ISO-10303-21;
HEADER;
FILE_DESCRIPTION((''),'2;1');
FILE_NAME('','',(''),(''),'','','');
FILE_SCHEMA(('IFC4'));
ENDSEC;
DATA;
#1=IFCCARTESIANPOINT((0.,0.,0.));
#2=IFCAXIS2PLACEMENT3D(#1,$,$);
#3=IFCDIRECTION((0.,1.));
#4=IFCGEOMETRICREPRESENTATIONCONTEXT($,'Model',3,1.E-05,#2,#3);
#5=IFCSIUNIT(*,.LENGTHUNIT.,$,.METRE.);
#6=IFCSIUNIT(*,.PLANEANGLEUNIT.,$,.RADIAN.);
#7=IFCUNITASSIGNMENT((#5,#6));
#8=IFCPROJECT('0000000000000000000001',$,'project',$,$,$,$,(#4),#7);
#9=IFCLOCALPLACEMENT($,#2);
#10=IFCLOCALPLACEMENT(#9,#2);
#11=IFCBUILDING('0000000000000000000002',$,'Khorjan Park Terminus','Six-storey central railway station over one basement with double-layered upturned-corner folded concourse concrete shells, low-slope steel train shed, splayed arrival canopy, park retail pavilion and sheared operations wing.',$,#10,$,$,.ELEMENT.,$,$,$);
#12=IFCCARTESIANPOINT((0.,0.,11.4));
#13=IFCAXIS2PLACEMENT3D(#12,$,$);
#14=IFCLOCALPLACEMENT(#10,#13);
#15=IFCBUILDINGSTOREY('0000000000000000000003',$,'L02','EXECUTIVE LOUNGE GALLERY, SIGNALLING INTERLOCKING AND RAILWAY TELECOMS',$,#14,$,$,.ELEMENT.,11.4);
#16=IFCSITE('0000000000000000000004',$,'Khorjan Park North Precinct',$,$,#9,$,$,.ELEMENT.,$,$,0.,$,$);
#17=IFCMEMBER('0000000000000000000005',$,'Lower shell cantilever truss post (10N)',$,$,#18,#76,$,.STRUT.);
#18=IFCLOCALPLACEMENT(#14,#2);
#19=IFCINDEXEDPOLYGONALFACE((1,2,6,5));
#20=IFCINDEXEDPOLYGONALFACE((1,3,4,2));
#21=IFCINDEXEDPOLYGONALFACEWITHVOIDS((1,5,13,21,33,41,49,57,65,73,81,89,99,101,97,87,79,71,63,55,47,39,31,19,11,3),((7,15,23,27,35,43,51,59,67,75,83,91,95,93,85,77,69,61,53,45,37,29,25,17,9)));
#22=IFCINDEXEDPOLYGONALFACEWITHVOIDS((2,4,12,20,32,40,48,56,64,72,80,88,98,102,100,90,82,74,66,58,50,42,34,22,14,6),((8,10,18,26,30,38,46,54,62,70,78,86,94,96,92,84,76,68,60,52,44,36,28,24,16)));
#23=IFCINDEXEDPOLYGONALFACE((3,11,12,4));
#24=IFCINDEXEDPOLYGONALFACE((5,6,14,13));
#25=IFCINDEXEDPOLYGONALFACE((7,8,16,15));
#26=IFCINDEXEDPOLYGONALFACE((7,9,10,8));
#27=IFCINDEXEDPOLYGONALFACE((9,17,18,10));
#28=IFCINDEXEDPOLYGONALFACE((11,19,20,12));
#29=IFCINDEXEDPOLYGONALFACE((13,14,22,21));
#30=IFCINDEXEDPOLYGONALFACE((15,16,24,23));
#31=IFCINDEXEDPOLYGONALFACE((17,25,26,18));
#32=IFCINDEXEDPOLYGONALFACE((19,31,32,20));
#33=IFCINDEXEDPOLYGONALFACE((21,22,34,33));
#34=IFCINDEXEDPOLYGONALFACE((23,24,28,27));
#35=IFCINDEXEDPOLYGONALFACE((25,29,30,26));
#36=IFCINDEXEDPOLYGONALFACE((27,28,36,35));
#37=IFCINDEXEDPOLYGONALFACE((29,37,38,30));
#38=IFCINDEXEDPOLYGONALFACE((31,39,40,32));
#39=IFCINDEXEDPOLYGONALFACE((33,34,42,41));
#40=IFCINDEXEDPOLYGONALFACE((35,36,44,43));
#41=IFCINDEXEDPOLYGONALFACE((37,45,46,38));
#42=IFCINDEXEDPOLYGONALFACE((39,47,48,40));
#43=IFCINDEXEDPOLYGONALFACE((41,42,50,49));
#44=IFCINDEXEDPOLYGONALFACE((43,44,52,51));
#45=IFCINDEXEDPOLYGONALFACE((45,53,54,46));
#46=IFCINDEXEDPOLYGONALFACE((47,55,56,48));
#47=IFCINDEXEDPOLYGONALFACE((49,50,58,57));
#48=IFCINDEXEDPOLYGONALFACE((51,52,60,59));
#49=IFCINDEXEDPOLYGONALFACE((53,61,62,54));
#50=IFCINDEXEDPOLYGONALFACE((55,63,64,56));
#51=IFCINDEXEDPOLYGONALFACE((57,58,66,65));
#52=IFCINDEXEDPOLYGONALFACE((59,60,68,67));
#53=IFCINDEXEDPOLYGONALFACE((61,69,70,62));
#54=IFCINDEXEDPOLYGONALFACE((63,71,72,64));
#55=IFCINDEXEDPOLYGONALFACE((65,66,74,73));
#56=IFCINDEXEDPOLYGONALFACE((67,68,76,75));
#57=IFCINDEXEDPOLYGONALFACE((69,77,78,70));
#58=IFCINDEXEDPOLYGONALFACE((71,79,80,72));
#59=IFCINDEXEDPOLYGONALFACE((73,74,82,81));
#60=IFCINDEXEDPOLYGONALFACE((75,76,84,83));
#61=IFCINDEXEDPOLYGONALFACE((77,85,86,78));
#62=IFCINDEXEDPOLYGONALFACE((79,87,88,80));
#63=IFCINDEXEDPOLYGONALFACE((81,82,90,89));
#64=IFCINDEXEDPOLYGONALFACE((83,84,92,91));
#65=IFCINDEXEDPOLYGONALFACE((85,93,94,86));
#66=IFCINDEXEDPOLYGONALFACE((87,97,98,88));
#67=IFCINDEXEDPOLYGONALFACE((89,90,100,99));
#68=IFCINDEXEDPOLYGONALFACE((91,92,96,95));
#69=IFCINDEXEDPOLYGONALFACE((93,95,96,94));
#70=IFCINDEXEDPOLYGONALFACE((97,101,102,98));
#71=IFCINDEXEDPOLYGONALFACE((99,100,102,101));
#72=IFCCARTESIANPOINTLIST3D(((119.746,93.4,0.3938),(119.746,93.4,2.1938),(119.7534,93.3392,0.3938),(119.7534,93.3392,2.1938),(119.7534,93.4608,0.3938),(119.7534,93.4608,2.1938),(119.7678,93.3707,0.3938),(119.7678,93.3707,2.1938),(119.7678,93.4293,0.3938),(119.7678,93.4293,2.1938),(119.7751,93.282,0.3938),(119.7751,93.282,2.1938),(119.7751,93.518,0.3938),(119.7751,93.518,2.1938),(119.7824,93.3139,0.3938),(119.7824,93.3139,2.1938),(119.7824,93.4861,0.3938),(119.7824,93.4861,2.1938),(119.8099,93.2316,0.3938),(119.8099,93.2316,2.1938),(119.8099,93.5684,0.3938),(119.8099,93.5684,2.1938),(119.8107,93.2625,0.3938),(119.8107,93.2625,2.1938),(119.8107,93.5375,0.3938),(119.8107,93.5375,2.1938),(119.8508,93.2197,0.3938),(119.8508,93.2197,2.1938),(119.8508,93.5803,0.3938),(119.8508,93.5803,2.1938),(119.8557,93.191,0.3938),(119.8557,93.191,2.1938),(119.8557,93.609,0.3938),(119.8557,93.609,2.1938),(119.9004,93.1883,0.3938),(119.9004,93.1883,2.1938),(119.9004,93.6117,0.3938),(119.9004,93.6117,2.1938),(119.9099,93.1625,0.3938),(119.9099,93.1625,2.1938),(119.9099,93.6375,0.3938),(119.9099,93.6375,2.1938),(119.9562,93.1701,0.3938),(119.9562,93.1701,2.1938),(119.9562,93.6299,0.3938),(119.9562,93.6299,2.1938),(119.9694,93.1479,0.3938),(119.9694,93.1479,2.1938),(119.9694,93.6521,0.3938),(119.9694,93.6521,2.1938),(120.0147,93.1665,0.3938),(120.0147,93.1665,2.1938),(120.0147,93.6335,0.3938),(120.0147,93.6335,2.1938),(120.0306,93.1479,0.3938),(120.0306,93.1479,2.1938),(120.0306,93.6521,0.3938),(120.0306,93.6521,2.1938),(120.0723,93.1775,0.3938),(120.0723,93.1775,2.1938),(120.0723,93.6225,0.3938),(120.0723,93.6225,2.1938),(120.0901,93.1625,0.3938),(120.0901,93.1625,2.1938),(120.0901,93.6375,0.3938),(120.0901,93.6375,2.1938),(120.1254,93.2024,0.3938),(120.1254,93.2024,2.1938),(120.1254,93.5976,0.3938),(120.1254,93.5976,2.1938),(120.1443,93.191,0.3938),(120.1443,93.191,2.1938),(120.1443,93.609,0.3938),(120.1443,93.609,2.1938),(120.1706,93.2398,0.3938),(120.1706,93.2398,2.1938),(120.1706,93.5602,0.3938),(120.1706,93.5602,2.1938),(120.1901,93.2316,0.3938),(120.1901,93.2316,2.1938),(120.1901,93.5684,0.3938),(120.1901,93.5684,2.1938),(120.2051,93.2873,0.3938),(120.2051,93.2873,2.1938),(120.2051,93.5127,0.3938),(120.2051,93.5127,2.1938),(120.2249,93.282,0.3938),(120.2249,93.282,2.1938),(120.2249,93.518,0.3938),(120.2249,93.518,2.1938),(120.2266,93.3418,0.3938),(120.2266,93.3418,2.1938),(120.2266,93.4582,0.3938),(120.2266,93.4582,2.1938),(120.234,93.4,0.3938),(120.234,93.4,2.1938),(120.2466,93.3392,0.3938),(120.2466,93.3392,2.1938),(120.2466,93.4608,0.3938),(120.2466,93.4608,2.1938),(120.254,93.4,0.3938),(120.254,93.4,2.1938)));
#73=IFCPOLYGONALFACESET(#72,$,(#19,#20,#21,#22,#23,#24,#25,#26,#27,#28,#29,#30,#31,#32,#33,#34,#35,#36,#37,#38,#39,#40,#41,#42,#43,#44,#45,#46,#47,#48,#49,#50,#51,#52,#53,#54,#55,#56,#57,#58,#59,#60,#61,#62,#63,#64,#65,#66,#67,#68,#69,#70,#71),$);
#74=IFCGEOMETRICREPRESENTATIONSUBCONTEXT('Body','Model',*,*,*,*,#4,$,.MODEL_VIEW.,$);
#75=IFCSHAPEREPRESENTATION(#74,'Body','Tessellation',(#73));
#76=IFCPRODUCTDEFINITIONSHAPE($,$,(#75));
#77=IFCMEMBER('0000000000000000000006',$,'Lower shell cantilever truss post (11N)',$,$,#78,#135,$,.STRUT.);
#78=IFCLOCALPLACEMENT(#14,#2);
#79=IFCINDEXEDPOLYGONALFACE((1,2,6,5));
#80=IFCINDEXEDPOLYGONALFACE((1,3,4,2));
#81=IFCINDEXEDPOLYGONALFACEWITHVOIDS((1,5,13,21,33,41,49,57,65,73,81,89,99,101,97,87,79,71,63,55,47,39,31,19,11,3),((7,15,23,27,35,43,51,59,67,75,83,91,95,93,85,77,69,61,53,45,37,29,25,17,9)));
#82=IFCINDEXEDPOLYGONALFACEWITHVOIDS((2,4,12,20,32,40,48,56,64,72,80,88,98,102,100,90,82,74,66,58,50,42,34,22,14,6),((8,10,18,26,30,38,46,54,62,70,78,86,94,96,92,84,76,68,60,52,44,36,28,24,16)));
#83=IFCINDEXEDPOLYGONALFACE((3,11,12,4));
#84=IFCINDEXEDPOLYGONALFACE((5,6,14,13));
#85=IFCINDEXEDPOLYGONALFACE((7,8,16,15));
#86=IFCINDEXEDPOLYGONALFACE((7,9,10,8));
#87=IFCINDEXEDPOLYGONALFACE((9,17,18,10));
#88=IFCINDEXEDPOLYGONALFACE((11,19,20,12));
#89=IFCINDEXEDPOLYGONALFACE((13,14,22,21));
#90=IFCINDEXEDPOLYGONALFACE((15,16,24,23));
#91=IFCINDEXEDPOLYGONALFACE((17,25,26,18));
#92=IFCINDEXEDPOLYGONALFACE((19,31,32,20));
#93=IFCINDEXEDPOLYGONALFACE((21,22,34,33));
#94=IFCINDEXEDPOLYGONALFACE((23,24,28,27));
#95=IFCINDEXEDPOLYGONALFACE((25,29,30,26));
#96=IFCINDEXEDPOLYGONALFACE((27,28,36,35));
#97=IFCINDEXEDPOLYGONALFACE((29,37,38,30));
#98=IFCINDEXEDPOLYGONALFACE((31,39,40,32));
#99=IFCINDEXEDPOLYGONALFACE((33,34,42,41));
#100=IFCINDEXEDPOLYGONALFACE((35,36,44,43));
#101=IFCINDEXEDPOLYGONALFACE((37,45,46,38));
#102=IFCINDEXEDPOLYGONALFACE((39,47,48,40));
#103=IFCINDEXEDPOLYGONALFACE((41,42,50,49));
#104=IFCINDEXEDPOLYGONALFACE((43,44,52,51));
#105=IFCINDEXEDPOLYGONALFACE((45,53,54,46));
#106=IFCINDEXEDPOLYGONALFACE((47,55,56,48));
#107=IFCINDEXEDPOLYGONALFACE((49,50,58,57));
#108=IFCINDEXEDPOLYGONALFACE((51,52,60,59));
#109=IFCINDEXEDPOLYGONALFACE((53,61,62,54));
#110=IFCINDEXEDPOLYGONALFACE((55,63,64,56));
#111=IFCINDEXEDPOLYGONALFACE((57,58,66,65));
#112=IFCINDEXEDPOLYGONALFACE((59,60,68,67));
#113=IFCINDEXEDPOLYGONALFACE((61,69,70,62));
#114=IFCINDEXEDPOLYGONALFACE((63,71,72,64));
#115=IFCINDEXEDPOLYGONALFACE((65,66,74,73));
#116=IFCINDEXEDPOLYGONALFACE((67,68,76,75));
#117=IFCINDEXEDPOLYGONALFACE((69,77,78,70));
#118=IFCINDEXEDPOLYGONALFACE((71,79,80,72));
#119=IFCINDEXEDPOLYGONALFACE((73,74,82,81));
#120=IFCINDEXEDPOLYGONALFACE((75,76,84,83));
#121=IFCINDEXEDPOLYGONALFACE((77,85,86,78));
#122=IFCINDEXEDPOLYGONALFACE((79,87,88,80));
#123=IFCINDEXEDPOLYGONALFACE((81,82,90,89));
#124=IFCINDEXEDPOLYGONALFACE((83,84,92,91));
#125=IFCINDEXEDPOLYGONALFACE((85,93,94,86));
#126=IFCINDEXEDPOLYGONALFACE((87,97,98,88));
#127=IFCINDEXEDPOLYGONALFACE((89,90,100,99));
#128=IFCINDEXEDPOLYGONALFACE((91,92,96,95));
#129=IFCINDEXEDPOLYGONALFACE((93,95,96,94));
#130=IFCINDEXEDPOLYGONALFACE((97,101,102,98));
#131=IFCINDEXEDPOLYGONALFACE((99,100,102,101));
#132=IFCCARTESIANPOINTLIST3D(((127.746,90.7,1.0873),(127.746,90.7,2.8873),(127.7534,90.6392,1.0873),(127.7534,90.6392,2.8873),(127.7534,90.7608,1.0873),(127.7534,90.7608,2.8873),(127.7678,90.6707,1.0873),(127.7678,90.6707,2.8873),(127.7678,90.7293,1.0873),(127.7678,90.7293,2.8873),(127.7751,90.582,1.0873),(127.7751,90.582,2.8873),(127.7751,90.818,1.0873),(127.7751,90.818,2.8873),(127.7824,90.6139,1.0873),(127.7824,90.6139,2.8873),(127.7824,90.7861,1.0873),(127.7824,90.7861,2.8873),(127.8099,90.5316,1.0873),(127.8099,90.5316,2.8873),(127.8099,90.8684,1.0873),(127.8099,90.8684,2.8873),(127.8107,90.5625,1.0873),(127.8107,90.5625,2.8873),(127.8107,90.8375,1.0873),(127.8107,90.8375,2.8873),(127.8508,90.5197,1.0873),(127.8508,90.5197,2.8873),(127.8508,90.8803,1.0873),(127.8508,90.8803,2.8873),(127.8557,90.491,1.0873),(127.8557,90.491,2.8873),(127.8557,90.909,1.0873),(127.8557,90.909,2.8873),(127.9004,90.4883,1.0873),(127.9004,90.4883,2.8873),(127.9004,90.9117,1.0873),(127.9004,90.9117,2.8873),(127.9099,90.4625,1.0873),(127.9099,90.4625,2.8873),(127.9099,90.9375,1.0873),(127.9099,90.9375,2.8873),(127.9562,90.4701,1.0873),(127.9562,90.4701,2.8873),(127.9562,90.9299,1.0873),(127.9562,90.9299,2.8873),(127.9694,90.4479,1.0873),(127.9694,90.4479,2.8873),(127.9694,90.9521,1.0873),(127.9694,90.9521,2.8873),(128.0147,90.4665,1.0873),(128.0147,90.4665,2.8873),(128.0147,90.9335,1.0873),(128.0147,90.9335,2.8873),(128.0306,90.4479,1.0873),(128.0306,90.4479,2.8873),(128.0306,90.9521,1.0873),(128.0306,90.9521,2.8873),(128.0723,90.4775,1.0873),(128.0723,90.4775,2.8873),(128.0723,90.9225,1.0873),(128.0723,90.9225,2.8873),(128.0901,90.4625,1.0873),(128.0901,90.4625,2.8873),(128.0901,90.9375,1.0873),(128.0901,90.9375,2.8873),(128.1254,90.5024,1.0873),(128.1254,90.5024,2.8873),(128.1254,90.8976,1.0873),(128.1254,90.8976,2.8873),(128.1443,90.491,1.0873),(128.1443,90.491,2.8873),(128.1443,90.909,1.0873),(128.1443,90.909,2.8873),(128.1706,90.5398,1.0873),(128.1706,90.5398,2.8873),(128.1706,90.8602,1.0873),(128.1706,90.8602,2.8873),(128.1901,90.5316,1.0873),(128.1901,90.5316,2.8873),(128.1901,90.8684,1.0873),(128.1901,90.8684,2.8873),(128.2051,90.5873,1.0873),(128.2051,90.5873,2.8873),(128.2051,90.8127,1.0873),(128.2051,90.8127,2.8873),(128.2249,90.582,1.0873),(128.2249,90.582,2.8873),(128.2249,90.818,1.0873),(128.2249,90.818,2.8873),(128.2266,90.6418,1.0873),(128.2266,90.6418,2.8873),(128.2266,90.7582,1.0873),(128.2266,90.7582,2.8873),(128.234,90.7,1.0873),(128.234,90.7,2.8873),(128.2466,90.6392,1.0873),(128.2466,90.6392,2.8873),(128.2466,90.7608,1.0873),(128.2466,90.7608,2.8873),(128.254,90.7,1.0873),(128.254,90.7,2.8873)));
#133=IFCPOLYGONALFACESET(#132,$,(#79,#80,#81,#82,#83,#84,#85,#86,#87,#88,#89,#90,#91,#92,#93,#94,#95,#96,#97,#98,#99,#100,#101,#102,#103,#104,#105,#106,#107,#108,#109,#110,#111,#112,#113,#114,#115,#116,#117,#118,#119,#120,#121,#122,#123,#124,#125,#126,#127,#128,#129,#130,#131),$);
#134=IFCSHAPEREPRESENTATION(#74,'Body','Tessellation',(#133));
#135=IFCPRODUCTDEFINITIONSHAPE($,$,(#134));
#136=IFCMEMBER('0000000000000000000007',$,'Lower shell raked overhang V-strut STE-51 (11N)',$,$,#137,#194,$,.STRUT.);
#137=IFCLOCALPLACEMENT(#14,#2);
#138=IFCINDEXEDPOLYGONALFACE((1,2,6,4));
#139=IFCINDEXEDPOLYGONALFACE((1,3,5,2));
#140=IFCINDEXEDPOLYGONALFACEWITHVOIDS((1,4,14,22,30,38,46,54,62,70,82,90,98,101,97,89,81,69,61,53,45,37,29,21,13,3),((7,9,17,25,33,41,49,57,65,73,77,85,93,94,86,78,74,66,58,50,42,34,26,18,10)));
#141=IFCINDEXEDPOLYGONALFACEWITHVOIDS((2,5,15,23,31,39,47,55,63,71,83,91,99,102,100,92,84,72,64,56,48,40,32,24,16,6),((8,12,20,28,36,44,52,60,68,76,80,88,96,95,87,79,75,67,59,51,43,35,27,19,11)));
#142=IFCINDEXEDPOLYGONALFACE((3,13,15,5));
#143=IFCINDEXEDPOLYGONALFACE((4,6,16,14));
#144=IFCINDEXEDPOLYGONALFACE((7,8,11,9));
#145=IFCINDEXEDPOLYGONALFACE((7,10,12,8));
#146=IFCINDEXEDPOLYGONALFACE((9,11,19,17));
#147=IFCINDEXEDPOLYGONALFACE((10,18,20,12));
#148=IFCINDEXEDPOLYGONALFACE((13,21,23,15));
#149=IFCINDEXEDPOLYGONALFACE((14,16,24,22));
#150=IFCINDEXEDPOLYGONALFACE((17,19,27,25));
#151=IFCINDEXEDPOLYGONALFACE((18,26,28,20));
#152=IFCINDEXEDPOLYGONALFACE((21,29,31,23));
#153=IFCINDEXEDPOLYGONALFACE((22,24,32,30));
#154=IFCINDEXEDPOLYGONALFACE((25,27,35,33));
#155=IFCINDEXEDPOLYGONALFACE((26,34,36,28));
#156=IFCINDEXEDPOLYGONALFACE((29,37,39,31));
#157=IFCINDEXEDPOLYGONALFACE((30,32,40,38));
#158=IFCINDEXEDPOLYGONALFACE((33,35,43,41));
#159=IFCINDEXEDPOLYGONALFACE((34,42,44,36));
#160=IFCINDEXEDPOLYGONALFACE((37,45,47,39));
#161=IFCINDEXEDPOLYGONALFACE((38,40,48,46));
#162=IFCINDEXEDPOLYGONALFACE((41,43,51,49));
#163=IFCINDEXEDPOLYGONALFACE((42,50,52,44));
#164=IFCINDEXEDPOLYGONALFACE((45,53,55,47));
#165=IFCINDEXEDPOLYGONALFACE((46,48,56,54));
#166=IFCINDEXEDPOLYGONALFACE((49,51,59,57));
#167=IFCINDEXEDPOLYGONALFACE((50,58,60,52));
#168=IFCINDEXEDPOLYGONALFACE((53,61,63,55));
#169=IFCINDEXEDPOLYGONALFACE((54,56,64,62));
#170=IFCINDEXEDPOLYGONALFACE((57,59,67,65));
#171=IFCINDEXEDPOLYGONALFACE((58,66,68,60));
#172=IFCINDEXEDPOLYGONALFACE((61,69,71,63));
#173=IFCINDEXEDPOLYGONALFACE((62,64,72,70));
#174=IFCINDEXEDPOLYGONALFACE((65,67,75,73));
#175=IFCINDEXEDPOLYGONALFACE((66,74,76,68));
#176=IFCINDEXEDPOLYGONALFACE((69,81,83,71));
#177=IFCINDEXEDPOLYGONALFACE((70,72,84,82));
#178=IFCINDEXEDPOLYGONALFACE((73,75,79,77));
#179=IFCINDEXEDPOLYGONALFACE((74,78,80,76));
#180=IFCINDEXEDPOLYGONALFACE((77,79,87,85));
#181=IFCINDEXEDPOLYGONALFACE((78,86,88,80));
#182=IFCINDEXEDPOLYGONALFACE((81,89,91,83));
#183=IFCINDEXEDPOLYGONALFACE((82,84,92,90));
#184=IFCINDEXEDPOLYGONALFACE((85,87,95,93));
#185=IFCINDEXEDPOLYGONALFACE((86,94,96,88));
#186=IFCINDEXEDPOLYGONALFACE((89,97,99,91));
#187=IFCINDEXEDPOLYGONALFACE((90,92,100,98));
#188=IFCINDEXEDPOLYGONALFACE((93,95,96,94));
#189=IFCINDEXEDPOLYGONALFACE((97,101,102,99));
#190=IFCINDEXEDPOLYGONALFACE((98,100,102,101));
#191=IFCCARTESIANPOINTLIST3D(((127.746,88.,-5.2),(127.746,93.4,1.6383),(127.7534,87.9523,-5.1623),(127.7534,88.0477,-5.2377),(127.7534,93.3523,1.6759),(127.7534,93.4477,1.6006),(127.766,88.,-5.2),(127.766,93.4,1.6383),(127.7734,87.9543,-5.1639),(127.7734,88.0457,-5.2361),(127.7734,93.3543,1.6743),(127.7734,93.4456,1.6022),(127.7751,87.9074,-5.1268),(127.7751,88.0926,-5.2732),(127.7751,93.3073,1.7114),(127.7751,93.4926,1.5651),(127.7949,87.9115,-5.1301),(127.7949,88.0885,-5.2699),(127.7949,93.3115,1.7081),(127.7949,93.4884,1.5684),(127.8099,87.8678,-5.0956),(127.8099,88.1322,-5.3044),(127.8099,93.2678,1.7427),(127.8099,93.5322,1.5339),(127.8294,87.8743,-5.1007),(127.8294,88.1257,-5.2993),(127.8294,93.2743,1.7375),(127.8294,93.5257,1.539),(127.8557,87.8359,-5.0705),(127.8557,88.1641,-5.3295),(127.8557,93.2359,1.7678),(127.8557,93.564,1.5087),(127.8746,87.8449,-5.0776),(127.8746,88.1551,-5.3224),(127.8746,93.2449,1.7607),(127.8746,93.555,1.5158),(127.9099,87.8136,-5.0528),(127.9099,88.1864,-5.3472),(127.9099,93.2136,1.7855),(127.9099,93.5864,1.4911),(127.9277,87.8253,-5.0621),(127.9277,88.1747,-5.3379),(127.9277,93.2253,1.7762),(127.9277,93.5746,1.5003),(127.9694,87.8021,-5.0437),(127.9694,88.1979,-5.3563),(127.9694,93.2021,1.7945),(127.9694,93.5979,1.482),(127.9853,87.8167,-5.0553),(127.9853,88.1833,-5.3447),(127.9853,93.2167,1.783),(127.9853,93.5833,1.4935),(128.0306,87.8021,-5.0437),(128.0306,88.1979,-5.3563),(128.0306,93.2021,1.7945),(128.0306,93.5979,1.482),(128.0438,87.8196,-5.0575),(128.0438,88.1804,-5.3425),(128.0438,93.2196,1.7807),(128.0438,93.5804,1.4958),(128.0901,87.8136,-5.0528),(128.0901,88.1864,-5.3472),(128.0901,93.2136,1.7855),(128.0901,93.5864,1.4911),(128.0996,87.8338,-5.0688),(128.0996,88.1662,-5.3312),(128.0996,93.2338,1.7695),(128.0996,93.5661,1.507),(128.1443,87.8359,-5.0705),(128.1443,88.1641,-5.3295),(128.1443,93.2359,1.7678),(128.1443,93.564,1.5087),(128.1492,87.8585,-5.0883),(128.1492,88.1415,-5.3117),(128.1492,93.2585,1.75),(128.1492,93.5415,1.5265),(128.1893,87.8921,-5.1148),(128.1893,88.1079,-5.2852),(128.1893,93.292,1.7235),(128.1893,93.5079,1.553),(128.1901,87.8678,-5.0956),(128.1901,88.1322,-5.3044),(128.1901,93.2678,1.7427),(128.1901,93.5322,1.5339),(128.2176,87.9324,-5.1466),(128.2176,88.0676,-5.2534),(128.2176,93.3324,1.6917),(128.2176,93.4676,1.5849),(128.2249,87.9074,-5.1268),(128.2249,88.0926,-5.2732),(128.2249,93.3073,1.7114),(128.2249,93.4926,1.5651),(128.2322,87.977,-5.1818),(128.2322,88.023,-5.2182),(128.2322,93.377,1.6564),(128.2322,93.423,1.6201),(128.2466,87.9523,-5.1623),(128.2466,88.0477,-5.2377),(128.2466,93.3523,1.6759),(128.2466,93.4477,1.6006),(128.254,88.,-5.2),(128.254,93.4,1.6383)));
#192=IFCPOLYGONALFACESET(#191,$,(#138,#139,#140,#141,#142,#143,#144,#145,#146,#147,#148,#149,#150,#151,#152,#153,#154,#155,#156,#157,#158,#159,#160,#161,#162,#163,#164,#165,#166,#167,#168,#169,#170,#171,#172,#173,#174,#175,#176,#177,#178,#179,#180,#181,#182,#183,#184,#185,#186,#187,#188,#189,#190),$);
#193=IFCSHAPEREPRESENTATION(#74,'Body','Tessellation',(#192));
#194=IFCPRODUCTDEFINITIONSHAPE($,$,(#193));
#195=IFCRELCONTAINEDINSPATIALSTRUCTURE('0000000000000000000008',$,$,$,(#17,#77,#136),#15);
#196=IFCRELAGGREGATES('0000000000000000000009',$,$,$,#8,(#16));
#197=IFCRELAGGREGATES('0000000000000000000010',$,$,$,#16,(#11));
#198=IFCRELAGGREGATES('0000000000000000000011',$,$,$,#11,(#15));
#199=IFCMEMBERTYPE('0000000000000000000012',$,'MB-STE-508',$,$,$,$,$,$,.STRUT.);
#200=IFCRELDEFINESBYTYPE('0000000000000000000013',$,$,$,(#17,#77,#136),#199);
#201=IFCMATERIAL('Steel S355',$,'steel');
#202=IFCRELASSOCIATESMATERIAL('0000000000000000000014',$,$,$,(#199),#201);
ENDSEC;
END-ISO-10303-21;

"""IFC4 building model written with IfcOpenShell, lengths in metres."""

from ifc_helpers import new_model, si_unit, direction, frame, origin, origin_2d, place, context, subcontext, project, spatial, hollow_circle, extrude, material, material_profile, profile_set, type_object, element, save


model = new_model("IFC4")

# Units and contexts
model_context = context("Model", 3, precision=1e-05, world=origin(), true_north=direction((0.0, 1.0)))
body_context = subcontext(model_context, "Body", "Model", "MODEL_VIEW")
ifc_project = project(units=[si_unit("LENGTHUNIT", "METRE"), si_unit("PLANEANGLEUNIT", "RADIAN")], contexts=[model_context])

# Site, building, storey
site_placement = place(None, origin())
site = spatial("IfcSite", under=ifc_project, at=site_placement, Name="Khorjan Park North Precinct", CompositionType="ELEMENT", RefElevation=0.0)
building_placement = place(site_placement, origin())
building = spatial("IfcBuilding", under=site, at=building_placement, Name="Khorjan Park Terminus", Description="Six-storey central railway station over one basement with double-layered upturned-corner folded concourse concrete shells, low-slope steel train shed, splayed arrival canopy, park retail pavilion and sheared operations wing.", CompositionType="ELEMENT")
storey_placement = place(building_placement, frame((0.0, 0.0, 11.4)))
storey = spatial("IfcBuildingStorey", under=building, at=storey_placement, Name="L02", Description="EXECUTIVE LOUNGE GALLERY, SIGNALLING INTERLOCKING AND RAILWAY TELECOMS", CompositionType="ELEMENT", Elevation=11.4)

# Members
ifc_material_1 = material(Name="Steel S355", Category="steel")
ifc_material_profile_1 = material_profile(ifc_material_1, hollow_circle(Radius=0.254, WallThickness=0.02, at=origin_2d()), Name="CHS 508x20")
ifc_profile_set_1 = profile_set([ifc_material_profile_1], Name="Steel S355")
member_type_1 = type_object("IfcMemberType", Name="MB-STE-508", PredefinedType="STRUT", material=ifc_profile_set_1)
for number, where, z_axis, x_axis, name in (
    (1, (120.0, 93.4, 0.3938), (0.0, 0.0, 1.0), (1.0, 0.0, 0.0), "Lower shell cantilever truss post (10N)"),
    (2, (128.0, 90.7, 1.0873), (0.0, 0.0, 1.0), (1.0, 0.0, 0.0), "Lower shell cantilever truss post (11N)"),
):
    element("IfcMember", number, at=place(storey_placement, frame(where, z_axis=z_axis, x_axis=x_axis)), inside=storey, type_object=member_type_1, Name=name, PredefinedType="STRUT", context=body_context, shape_type="SweptSolid", body=[
        extrude(hollow_circle(Radius=0.254, WallThickness=0.02, at=origin_2d()), origin(), (0.0, 0.0, 1.0), 1.8),
    ])
member_1_placement = place(storey_placement, frame((128.0, 88.0, -5.2), z_axis=(0.0, 0.619739, 0.784808), x_axis=(-1.0, 0.0, 0.0)))
element("IfcMember", 3, at=member_1_placement, inside=storey, type_object=member_type_1, Name="Lower shell raked overhang V-strut STE-51 (11N)", PredefinedType="STRUT", context=body_context, shape_type="SweptSolid", body=[
    extrude(hollow_circle(Radius=0.254, WallThickness=0.02, at=origin_2d()), origin(), (0.0, 0.0, 1.0), 8.7133),
])

save(model, "model.ifc")
